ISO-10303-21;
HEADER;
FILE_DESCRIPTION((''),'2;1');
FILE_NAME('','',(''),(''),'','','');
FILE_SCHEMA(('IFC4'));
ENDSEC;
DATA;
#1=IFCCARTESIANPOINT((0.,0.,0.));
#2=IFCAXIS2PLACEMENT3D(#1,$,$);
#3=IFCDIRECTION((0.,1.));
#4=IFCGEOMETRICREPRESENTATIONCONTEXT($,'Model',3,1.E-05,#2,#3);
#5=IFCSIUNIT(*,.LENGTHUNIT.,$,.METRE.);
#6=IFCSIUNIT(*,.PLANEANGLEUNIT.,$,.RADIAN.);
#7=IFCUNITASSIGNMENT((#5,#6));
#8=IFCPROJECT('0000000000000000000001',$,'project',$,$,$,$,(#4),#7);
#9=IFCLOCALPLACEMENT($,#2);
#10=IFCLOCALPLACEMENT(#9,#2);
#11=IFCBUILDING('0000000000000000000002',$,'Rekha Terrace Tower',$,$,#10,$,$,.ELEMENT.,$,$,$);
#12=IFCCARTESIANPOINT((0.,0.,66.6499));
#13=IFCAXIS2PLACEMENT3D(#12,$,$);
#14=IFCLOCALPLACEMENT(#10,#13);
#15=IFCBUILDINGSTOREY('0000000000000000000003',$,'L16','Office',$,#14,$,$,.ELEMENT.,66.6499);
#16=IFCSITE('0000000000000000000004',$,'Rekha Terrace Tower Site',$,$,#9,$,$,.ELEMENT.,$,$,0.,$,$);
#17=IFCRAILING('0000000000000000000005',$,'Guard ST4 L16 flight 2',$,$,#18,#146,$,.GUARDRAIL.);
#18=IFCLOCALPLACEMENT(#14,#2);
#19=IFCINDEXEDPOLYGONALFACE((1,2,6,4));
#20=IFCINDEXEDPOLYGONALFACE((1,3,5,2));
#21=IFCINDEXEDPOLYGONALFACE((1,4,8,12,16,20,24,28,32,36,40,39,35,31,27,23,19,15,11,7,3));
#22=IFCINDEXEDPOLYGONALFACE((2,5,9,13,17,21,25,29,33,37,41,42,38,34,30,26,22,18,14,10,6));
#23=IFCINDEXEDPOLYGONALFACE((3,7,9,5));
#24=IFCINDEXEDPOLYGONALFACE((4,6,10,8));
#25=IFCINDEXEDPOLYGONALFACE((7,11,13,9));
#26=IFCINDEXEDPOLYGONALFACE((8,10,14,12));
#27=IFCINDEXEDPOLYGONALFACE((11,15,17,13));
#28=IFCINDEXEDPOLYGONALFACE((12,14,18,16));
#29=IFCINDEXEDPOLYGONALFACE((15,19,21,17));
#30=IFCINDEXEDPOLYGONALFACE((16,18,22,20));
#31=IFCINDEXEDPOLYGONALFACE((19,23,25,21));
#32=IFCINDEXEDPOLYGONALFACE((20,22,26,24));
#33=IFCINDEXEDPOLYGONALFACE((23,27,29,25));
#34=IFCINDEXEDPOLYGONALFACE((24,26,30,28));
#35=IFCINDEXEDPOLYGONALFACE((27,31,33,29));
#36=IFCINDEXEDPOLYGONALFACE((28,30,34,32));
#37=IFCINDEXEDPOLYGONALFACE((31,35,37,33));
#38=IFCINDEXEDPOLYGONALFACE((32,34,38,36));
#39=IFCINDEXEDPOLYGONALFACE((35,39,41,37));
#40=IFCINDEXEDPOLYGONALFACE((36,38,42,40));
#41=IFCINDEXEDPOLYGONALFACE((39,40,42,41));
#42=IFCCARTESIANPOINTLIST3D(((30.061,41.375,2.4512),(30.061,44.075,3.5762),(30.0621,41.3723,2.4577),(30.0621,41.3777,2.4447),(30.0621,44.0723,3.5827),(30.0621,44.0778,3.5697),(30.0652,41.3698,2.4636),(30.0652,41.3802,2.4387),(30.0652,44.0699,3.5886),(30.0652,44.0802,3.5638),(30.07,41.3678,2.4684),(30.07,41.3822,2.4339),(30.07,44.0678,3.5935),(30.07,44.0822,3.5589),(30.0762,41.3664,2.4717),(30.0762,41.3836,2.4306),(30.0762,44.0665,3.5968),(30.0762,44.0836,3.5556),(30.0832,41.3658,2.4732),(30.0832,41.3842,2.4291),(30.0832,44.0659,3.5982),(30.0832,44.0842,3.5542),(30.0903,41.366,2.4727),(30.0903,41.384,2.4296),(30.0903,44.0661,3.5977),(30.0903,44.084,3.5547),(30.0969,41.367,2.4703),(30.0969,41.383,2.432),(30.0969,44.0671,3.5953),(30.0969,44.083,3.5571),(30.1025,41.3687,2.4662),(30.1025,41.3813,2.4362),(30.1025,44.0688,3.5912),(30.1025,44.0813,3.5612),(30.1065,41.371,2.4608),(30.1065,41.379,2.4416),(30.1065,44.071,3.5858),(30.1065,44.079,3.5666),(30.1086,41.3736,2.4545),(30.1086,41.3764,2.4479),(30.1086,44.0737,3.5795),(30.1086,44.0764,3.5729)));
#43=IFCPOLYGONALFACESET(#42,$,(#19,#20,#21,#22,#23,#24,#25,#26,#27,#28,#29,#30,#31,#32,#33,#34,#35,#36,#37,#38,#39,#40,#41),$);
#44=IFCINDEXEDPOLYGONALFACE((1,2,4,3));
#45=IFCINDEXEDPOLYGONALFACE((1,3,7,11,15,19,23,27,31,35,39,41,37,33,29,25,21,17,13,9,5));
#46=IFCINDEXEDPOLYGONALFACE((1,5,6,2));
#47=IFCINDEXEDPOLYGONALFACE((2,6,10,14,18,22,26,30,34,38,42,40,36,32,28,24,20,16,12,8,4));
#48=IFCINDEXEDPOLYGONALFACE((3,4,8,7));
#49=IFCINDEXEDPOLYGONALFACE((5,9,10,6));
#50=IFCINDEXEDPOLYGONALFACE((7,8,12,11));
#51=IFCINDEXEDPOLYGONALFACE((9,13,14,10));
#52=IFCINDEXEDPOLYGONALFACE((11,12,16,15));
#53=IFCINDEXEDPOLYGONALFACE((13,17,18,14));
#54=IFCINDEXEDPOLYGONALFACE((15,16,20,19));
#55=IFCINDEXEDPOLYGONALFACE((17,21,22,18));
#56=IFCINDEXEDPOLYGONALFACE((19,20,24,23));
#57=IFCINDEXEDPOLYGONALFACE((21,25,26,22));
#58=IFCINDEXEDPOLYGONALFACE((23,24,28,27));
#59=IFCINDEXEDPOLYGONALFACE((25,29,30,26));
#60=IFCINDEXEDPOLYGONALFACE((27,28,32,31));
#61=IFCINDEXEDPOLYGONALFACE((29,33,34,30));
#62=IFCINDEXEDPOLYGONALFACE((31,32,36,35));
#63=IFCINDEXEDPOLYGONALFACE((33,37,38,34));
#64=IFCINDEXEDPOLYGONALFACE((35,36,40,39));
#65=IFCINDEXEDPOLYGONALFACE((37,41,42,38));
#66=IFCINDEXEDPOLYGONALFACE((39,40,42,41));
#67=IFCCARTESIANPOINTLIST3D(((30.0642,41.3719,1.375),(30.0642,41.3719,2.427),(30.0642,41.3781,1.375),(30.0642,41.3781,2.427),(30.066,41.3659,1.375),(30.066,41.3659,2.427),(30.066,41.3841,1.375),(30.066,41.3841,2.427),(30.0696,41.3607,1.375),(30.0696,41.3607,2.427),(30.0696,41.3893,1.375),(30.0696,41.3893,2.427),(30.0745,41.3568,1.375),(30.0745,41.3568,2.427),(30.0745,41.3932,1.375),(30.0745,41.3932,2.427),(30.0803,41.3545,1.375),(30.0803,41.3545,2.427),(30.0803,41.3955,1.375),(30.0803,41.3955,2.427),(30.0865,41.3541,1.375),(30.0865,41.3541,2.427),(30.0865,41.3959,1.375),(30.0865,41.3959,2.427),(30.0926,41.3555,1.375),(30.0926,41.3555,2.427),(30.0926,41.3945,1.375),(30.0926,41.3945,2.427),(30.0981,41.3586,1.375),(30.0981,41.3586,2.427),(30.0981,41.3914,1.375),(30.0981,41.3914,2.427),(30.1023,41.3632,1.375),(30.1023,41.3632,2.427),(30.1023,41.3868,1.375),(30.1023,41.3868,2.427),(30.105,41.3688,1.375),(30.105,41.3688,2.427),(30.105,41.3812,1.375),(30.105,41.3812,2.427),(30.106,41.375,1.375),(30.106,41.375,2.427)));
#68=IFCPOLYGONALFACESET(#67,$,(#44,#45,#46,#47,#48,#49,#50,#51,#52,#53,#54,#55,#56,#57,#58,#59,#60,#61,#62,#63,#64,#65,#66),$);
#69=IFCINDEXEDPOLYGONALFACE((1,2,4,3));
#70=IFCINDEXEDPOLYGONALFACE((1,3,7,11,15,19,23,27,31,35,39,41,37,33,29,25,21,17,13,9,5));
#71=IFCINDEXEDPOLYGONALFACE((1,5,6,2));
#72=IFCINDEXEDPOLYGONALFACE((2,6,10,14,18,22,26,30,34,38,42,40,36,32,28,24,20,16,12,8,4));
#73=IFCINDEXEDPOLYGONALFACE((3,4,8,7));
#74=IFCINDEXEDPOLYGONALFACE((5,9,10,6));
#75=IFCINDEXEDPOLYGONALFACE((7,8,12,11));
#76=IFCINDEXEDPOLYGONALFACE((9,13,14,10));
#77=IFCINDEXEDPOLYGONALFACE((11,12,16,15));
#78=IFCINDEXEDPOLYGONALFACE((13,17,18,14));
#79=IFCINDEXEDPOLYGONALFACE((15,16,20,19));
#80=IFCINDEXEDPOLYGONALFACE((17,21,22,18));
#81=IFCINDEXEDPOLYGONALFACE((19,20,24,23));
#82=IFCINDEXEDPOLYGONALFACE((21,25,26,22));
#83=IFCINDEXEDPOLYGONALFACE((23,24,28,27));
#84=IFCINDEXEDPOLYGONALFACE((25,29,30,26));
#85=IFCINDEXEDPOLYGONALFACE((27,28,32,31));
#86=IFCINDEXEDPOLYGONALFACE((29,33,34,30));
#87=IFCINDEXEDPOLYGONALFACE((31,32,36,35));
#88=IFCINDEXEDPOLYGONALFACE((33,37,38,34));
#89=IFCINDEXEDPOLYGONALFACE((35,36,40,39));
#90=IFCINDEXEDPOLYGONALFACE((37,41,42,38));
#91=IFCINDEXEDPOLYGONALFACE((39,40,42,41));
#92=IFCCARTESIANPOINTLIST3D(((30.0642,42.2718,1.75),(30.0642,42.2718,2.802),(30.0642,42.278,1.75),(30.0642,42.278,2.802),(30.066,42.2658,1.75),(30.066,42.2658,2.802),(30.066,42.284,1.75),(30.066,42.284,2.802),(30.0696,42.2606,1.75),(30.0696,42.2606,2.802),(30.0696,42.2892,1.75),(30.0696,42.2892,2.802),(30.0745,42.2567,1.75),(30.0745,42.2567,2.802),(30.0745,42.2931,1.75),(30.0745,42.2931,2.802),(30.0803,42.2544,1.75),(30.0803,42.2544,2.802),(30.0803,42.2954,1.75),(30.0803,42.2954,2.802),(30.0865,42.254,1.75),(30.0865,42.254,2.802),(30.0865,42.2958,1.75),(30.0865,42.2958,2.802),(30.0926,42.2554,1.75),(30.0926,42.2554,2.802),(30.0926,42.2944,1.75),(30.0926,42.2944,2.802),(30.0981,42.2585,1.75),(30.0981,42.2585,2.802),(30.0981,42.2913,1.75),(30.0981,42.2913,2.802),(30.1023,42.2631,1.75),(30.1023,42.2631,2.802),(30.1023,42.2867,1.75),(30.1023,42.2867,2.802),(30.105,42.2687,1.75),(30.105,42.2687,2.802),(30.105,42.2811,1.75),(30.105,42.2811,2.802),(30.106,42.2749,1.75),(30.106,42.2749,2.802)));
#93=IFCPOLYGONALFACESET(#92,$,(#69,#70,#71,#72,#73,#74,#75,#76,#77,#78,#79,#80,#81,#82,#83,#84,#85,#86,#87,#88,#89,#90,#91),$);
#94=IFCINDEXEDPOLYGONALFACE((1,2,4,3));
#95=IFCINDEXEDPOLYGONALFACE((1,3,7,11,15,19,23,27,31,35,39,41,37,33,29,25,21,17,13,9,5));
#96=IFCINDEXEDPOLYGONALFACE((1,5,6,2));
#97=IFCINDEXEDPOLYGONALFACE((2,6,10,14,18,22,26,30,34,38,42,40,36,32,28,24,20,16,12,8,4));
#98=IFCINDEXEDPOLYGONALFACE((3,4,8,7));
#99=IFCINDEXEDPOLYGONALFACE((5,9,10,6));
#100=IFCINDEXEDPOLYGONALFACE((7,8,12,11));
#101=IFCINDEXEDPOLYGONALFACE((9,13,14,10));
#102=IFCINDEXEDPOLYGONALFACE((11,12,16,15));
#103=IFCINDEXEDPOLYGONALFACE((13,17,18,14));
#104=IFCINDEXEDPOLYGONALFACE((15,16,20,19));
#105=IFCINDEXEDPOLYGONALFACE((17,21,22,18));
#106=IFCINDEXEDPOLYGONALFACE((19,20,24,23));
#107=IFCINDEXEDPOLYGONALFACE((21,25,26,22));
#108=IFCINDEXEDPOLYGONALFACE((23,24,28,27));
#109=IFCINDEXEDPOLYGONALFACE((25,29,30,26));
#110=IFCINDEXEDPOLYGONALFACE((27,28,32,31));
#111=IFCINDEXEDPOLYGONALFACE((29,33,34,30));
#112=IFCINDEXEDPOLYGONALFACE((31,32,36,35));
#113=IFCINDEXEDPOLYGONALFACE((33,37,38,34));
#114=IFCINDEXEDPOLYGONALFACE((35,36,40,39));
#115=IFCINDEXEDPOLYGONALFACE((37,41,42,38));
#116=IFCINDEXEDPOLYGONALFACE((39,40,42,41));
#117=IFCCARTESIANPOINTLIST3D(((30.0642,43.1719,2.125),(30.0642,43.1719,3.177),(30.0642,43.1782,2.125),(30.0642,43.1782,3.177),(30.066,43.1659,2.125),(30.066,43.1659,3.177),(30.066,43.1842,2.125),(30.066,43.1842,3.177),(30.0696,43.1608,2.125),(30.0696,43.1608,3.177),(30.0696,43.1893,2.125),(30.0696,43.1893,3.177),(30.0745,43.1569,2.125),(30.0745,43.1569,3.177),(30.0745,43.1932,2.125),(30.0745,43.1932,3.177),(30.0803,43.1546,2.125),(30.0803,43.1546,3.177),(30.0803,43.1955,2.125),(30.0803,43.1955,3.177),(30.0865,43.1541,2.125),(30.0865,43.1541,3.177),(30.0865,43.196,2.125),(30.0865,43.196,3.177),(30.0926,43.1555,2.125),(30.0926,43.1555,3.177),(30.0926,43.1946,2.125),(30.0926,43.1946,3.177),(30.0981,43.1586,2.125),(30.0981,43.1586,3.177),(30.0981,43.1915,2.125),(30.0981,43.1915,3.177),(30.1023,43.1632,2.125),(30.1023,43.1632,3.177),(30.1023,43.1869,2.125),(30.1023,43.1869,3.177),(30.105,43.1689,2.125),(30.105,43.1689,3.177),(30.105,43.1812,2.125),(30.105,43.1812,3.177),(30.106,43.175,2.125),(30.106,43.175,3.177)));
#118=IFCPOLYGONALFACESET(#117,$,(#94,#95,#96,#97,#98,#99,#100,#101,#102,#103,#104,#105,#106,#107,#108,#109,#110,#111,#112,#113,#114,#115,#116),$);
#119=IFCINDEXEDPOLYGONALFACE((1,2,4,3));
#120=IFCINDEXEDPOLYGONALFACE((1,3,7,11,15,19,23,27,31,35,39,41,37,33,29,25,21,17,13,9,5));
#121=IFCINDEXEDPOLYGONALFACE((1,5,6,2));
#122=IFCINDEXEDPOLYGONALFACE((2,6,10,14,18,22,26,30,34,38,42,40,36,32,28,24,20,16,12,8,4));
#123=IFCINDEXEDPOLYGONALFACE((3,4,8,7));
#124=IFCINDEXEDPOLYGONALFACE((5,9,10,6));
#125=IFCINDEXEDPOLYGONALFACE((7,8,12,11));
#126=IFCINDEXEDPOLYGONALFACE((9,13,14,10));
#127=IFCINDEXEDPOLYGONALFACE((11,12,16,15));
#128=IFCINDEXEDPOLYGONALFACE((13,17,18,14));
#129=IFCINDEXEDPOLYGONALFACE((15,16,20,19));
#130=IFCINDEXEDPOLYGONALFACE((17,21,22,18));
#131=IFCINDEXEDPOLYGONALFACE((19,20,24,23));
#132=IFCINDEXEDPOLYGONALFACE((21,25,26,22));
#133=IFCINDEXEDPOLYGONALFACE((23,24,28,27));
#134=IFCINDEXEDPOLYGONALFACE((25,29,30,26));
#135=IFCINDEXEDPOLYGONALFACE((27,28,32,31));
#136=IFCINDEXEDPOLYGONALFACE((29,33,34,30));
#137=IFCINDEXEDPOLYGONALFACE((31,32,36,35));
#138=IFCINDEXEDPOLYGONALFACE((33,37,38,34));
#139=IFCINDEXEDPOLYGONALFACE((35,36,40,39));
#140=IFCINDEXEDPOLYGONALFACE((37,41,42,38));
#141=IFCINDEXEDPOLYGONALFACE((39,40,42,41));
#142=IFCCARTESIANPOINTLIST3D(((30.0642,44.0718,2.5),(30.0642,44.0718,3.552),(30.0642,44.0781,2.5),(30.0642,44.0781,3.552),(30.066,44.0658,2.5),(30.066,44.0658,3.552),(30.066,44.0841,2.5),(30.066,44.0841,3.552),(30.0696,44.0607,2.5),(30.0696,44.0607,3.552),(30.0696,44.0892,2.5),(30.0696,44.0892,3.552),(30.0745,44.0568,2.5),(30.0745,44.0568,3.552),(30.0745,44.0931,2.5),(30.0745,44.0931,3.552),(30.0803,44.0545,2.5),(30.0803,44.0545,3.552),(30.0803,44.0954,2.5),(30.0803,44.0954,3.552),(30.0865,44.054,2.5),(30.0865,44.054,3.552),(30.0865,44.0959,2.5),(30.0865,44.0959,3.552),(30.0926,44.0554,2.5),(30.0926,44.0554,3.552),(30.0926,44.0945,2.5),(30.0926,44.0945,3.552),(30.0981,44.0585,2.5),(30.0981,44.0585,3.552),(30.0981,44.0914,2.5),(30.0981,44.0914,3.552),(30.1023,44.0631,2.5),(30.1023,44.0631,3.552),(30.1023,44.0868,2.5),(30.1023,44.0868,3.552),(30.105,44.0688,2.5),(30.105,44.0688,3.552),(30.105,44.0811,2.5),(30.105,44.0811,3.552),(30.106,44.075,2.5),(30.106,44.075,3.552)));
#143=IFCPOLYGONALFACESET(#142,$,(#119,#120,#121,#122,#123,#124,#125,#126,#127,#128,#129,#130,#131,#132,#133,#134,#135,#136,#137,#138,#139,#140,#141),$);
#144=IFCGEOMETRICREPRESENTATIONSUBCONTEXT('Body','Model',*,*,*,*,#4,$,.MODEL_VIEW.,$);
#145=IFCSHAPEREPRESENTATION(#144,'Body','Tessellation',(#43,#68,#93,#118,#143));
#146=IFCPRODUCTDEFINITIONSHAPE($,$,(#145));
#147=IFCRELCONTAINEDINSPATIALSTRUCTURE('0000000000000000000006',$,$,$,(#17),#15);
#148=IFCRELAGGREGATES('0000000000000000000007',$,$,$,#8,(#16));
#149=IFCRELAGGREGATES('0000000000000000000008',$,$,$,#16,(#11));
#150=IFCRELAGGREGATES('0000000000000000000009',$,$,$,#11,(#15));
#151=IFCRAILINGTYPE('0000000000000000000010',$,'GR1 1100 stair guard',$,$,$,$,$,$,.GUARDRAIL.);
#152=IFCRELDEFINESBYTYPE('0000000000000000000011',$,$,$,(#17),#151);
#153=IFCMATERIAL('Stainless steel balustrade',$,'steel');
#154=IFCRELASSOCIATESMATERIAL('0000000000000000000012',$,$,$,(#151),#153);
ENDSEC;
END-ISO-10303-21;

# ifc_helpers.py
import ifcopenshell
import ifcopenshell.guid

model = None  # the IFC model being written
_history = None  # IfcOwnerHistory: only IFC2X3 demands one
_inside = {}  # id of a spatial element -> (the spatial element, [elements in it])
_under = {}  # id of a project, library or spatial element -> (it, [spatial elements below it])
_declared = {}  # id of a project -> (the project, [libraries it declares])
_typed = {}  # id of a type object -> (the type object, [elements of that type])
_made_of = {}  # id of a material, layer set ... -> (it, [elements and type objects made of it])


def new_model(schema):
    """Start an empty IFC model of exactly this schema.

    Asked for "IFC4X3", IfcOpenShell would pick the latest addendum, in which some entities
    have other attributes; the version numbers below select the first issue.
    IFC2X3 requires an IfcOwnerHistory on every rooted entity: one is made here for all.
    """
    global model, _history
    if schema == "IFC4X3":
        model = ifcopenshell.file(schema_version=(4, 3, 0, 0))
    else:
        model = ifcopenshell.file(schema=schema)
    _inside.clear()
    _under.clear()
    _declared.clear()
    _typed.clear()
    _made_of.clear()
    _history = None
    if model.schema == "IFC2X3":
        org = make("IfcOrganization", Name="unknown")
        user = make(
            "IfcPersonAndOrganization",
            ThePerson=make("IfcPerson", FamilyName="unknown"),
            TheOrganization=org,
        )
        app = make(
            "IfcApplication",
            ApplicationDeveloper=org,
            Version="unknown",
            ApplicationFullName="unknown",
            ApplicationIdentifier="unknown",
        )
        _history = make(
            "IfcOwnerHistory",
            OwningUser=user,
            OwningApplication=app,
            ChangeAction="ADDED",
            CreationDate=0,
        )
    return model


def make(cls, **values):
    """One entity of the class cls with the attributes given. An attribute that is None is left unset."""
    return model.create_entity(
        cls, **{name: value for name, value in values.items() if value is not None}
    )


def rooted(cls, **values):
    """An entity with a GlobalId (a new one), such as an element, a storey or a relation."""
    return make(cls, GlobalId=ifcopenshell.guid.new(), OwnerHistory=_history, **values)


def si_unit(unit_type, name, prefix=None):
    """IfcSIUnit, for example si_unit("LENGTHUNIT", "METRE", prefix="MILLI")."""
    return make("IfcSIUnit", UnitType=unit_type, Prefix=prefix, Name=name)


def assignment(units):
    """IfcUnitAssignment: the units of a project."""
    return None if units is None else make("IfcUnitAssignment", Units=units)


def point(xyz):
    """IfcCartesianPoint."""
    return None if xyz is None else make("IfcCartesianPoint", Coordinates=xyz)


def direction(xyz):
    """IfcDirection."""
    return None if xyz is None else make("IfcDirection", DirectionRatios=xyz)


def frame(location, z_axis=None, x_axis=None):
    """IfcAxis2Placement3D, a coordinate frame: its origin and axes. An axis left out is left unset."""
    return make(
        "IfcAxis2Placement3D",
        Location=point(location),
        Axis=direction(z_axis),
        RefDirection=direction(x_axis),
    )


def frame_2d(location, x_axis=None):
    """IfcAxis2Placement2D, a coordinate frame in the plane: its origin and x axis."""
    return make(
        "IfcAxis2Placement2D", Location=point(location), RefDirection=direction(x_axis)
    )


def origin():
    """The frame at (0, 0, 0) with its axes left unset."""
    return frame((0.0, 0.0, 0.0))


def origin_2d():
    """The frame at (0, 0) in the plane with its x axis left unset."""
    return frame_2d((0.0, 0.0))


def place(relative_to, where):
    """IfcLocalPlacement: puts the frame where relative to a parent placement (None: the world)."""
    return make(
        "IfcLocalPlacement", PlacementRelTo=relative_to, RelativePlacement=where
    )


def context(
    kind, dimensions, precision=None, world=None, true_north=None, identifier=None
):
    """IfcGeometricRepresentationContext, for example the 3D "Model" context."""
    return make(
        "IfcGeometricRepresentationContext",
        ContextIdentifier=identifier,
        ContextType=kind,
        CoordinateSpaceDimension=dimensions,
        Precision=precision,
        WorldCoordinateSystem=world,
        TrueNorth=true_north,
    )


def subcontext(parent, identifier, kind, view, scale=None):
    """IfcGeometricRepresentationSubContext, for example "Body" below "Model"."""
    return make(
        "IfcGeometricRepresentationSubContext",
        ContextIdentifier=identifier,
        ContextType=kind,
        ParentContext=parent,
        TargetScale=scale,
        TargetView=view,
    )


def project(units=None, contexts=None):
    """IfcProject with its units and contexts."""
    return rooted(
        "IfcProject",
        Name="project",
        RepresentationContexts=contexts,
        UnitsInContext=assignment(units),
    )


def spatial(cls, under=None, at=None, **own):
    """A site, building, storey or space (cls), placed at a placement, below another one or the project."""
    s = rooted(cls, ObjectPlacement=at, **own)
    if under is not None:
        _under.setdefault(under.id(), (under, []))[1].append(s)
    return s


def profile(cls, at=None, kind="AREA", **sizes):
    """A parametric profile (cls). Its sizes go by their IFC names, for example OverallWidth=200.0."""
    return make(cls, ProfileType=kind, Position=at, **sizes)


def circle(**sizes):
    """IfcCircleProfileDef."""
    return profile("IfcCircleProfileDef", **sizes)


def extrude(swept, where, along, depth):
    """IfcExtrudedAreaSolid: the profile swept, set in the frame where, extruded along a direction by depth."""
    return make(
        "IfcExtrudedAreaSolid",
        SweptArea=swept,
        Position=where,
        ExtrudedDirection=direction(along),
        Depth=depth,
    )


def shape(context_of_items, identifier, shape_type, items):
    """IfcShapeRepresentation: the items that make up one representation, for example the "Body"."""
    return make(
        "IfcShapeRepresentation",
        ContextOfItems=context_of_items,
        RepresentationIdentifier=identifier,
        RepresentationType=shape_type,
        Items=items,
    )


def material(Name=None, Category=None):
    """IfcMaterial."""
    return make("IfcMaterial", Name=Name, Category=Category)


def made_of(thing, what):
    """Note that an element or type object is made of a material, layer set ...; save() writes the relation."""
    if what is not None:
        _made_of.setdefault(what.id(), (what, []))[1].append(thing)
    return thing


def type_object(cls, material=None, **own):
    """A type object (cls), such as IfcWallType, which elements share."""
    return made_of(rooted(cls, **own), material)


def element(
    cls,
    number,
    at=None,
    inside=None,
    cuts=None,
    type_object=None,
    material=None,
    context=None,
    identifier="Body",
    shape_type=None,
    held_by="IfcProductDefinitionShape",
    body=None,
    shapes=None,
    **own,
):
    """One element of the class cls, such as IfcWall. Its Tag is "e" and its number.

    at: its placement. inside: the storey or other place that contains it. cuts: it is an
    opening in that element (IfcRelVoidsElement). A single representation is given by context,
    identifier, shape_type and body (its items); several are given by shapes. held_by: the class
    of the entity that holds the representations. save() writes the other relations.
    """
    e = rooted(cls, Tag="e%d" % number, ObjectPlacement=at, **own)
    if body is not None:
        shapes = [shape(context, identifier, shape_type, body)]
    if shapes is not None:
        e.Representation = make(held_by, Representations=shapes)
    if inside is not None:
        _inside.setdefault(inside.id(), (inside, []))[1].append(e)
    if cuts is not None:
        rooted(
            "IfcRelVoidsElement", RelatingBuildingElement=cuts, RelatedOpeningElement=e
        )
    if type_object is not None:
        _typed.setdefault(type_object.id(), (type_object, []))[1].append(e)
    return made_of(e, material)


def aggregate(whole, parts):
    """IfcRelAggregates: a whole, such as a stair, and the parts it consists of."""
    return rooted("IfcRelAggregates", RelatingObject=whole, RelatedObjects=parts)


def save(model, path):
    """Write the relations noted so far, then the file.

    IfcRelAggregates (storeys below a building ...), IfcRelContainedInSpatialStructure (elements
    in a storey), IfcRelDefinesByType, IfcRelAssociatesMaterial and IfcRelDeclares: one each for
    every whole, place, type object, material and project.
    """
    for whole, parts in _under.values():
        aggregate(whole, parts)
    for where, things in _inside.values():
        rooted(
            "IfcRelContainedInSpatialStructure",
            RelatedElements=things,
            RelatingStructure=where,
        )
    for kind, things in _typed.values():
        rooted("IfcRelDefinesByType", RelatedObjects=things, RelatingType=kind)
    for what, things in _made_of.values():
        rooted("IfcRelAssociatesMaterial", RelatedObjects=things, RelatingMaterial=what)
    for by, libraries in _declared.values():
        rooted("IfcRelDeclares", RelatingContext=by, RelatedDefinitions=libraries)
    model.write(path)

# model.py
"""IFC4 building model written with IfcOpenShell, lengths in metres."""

from ifc_helpers import new_model, si_unit, direction, frame, origin, origin_2d, place, context, subcontext, project, spatial, circle, extrude, material, type_object, element, save


model = new_model("IFC4")

# Units and contexts
model_context = context("Model", 3, precision=1e-05, world=origin(), true_north=direction((0.0, 1.0)))
body_context = subcontext(model_context, "Body", "Model", "MODEL_VIEW")
ifc_project = project(units=[si_unit("LENGTHUNIT", "METRE"), si_unit("PLANEANGLEUNIT", "RADIAN")], contexts=[model_context])

# Site, building, storey
site_placement = place(None, origin())
site = spatial("IfcSite", under=ifc_project, at=site_placement, Name="Rekha Terrace Tower Site", CompositionType="ELEMENT", RefElevation=0.0)
building_placement = place(site_placement, origin())
building = spatial("IfcBuilding", under=site, at=building_placement, Name="Rekha Terrace Tower", CompositionType="ELEMENT")
storey_placement = place(building_placement, frame((0.0, 0.0, 66.6499)))
storey = spatial("IfcBuildingStorey", under=building, at=storey_placement, Name="L16", Description="Office", CompositionType="ELEMENT", Elevation=66.6499)

# Railing
ifc_material_1 = material(Name="Stainless steel balustrade", Category="steel")
railing_type_1 = type_object("IfcRailingType", Name="GR1 1100 stair guard", PredefinedType="GUARDRAIL", material=ifc_material_1)
railing_1_placement = place(storey_placement, frame((30.085, 41.375, 1.375)))
element("IfcRailing", 1, at=railing_1_placement, inside=storey, type_object=railing_type_1, Name="Guard ST4 L16 flight 2", PredefinedType="GUARDRAIL", context=body_context, shape_type="SweptSolid", body=[
    extrude(circle(Radius=0.0239, at=origin_2d()), frame((0.0, 0.0, 1.0762), z_axis=(0.0, 0.923074, 0.384621), x_axis=(-1.0, 0.0, 0.0)), (0.0, 0.0, 1.0), 2.925),
    extrude(circle(Radius=0.021, at=origin_2d()), origin(), (0.0, 0.0, 1.0), 1.052),
    extrude(circle(Radius=0.021, at=origin_2d()), frame((0.0, 0.8999, 0.375)), (0.0, 0.0, 1.0), 1.052),
    extrude(circle(Radius=0.021, at=origin_2d()), frame((0.0, 1.8, 0.75)), (0.0, 0.0, 1.0), 1.052),
    extrude(circle(Radius=0.021, at=origin_2d()), frame((0.0, 2.7, 1.125)), (0.0, 0.0, 1.0), 1.052),
])

save(model, "model.ifc")
